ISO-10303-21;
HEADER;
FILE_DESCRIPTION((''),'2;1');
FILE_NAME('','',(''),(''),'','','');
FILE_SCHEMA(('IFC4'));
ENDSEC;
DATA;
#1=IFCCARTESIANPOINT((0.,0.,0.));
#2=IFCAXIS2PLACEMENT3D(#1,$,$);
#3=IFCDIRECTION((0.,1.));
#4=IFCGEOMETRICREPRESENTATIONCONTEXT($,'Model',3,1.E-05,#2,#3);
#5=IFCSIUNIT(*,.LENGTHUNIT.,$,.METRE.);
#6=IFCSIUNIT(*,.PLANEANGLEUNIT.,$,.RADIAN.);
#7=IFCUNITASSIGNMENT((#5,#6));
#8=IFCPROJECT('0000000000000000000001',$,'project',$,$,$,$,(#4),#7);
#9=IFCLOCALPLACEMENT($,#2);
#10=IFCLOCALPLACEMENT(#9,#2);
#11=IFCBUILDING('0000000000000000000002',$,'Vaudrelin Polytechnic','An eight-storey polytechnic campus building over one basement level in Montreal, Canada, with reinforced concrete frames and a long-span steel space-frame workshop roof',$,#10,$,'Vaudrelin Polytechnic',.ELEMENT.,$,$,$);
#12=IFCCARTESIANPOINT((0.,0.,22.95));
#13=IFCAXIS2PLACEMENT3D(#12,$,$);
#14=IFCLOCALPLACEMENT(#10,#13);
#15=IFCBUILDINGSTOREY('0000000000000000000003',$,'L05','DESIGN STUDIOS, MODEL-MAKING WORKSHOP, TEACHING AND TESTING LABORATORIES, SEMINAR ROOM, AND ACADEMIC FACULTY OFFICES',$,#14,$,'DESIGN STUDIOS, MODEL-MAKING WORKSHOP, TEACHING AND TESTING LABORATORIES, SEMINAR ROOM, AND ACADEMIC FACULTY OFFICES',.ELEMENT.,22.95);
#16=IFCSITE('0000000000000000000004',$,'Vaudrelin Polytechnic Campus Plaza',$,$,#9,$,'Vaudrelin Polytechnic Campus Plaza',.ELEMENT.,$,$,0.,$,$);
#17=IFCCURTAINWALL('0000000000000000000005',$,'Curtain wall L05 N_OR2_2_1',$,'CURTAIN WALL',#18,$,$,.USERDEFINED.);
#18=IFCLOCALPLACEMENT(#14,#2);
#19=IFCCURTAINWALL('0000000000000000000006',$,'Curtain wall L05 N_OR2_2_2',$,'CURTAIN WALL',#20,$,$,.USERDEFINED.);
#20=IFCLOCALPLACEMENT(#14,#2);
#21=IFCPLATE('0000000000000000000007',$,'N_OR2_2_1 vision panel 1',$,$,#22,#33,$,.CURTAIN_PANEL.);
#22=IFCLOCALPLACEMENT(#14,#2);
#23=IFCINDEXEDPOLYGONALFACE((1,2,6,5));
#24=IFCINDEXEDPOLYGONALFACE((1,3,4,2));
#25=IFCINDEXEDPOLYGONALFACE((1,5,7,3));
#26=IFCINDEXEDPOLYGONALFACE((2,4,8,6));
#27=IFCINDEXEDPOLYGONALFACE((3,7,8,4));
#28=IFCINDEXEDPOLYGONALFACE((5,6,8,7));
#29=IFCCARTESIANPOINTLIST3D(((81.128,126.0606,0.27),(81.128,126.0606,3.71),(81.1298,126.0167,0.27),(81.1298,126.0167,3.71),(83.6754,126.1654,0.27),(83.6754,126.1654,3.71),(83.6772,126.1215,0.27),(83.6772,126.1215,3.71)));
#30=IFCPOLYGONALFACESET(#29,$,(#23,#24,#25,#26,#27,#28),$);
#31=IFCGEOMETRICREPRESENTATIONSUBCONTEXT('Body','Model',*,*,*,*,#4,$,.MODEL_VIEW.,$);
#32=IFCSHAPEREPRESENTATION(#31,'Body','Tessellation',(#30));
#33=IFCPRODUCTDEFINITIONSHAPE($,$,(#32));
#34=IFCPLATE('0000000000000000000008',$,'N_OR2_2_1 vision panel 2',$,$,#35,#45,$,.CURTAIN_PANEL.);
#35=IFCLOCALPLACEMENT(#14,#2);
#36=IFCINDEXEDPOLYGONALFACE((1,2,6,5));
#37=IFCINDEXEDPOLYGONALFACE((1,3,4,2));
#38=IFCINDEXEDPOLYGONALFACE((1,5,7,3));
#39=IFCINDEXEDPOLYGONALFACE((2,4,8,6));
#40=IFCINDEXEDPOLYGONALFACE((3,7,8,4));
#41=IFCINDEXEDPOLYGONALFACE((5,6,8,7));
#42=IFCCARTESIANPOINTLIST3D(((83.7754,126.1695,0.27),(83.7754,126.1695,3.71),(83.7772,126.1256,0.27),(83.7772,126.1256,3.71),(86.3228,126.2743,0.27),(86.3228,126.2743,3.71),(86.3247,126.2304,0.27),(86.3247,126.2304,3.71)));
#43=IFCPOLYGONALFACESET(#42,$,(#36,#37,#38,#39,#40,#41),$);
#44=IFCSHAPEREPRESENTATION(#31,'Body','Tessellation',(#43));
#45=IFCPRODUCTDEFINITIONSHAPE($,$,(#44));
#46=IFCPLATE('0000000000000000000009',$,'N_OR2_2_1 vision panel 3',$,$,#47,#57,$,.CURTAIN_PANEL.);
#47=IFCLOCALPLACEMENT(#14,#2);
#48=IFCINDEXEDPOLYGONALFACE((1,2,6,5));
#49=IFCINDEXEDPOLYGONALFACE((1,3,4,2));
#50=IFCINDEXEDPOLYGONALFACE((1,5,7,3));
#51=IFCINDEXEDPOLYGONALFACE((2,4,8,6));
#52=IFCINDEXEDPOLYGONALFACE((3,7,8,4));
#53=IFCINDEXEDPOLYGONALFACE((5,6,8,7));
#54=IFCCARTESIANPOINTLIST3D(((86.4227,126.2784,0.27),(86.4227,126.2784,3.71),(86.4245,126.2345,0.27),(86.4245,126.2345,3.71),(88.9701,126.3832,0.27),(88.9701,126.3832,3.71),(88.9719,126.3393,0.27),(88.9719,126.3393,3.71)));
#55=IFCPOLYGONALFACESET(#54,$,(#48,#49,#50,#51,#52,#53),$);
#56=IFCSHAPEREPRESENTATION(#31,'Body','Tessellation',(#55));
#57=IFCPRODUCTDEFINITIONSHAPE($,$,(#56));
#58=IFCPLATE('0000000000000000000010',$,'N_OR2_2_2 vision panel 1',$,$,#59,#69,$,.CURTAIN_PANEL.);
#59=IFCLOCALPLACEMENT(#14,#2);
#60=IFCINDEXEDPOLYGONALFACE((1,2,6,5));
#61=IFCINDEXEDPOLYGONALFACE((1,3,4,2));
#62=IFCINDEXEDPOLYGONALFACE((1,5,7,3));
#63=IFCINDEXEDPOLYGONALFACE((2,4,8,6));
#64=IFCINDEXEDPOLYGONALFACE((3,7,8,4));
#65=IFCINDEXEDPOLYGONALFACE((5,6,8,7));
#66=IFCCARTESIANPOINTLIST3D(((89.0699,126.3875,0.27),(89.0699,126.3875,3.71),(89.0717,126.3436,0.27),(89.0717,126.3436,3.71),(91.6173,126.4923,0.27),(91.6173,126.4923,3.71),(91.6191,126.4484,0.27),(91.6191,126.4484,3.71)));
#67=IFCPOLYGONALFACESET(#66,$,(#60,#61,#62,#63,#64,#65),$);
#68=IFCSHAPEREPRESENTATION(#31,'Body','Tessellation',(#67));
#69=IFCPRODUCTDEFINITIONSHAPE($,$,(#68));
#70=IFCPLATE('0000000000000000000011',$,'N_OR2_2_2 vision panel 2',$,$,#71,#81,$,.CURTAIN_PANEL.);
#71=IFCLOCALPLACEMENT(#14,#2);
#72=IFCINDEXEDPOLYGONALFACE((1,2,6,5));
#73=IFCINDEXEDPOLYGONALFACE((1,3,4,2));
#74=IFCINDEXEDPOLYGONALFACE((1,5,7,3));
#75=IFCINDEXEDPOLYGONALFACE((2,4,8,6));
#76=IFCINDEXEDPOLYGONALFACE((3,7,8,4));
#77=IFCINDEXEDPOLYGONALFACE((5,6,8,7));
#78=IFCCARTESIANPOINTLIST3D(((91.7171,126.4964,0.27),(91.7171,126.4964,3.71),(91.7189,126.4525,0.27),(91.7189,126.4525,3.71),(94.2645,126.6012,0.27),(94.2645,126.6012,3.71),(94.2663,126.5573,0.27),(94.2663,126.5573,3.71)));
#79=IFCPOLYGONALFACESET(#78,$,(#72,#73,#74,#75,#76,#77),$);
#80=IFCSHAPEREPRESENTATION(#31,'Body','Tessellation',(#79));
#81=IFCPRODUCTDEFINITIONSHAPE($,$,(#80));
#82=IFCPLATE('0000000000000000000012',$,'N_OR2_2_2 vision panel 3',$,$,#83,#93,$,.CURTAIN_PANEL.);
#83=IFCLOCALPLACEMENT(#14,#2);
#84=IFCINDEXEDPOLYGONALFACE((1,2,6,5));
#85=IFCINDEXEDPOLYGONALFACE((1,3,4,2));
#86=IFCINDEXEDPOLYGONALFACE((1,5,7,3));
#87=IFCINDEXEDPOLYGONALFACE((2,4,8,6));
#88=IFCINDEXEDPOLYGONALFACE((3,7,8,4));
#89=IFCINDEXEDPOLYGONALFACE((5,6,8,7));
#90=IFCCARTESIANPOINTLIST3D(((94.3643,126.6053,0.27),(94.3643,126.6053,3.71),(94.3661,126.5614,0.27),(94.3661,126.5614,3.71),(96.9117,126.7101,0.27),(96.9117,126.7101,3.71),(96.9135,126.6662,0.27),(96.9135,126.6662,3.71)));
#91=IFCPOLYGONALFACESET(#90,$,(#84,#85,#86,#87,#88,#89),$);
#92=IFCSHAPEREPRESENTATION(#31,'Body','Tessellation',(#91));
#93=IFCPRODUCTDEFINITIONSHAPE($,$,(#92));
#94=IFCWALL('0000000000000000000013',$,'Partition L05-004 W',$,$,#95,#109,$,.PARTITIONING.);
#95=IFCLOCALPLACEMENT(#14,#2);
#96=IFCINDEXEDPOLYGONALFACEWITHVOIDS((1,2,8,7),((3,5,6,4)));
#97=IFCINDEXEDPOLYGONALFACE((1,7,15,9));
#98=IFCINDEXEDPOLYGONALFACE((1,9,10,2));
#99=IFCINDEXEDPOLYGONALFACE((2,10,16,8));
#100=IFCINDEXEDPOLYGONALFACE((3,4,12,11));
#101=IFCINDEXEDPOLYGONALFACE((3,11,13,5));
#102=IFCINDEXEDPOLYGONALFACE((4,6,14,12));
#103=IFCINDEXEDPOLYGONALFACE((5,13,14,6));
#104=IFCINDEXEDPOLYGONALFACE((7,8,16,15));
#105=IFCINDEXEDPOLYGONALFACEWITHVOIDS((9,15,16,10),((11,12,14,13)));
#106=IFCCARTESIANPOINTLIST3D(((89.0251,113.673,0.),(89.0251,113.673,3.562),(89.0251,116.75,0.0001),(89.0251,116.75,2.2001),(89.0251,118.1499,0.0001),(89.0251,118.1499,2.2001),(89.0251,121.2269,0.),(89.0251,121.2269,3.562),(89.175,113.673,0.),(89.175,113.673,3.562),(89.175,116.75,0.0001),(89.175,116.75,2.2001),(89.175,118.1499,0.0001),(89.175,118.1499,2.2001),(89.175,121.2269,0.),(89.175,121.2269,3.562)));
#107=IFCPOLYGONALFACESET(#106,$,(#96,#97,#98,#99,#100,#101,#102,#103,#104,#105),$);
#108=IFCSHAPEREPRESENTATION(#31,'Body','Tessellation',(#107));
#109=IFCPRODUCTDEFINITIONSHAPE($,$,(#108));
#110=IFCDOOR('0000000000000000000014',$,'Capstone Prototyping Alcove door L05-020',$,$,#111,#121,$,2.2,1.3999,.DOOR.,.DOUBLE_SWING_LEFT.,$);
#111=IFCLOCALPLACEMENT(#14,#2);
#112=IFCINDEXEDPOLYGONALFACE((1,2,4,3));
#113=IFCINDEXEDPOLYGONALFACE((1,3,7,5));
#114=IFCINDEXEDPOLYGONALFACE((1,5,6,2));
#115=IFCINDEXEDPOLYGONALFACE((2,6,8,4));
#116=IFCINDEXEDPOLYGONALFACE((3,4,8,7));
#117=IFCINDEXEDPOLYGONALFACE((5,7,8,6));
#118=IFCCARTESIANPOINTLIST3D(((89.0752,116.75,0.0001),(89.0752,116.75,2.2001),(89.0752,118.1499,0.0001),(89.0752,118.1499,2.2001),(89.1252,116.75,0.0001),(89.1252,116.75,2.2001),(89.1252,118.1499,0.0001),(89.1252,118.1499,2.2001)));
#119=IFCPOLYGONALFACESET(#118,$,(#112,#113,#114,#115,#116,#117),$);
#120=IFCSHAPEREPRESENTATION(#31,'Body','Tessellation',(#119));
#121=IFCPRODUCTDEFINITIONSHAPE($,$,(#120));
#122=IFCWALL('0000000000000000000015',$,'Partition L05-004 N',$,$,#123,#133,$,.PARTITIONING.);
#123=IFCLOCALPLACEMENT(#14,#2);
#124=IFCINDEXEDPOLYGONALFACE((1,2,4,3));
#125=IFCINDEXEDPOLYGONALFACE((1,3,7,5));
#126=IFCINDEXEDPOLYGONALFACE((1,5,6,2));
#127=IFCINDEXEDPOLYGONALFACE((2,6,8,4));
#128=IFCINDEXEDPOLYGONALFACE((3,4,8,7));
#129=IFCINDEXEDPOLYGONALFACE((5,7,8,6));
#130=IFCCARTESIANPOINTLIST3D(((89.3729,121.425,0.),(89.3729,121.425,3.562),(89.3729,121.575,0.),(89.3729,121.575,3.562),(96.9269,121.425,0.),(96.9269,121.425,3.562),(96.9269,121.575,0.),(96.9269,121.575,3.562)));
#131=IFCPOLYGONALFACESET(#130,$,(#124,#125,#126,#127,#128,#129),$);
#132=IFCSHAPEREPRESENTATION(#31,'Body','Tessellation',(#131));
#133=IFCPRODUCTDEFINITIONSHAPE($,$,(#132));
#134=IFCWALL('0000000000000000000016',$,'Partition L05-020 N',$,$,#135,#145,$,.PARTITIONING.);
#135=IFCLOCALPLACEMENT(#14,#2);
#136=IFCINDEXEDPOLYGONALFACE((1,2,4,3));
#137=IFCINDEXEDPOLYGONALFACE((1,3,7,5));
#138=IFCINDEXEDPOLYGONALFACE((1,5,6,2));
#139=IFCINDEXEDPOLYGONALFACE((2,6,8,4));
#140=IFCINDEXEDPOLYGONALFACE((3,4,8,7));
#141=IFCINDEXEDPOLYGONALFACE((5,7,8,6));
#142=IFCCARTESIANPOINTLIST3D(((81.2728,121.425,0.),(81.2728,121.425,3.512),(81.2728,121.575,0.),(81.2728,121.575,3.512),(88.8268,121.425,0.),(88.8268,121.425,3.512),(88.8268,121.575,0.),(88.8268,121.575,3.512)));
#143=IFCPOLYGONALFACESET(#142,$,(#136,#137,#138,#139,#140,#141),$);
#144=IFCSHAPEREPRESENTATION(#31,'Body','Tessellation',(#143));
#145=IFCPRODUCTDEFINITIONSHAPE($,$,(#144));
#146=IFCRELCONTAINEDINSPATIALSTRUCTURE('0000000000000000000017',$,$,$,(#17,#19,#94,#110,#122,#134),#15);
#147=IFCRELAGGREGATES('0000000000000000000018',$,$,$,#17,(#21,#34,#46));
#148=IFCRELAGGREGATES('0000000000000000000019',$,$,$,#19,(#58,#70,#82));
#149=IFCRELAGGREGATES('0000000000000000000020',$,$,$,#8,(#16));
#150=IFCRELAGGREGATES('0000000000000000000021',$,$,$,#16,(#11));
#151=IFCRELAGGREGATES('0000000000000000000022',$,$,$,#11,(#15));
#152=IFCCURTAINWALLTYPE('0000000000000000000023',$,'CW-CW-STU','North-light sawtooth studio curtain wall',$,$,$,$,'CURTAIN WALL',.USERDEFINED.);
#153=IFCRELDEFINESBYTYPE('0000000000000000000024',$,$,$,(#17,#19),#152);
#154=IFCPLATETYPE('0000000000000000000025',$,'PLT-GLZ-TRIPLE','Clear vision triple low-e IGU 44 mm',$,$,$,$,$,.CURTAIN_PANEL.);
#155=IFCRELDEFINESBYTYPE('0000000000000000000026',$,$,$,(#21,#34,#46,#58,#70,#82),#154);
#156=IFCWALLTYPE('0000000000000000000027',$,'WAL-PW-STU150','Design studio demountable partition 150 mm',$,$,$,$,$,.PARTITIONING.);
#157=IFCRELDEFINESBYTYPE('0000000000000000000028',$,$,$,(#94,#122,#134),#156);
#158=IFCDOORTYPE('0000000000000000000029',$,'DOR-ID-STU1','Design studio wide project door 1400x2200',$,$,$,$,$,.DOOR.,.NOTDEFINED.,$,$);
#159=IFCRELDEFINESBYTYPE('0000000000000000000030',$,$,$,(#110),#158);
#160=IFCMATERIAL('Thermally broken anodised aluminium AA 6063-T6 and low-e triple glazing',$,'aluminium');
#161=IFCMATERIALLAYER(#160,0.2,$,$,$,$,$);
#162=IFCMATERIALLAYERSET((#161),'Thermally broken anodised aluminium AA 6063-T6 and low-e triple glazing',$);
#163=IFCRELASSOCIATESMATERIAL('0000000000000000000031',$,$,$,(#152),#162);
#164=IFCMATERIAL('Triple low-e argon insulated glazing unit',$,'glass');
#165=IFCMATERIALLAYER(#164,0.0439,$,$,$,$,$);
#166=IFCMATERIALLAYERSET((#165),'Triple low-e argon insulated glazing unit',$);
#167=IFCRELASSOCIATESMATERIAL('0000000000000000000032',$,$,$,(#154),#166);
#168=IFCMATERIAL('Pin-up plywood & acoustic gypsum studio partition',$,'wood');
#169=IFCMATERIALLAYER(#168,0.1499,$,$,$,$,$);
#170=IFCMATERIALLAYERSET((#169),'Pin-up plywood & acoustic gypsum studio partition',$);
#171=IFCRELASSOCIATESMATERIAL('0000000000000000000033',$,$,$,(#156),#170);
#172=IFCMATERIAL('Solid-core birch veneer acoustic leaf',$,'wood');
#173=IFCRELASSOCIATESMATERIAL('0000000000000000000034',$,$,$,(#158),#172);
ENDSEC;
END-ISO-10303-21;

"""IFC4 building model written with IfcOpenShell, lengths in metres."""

from ifc_helpers import new_model, si_unit, direction, frame, frame_2d, origin, origin_2d, place, context, subcontext, project, spatial, rectangle, extrude, material, layer, layer_set, type_object, element, fill, aggregate, save


model = new_model("IFC4")

# Units and contexts
model_context = context("Model", 3, precision=1e-05, world=origin(), true_north=direction((0.0, 1.0)))
body_context = subcontext(model_context, "Body", "Model", "MODEL_VIEW")
ifc_project = project(units=[si_unit("LENGTHUNIT", "METRE"), si_unit("PLANEANGLEUNIT", "RADIAN")], contexts=[model_context])

# Site, building, storey
site_placement = place(None, origin())
site = spatial("IfcSite", under=ifc_project, at=site_placement, Name="Vaudrelin Polytechnic Campus Plaza", LongName="Vaudrelin Polytechnic Campus Plaza", CompositionType="ELEMENT", RefElevation=0.0)
building_placement = place(site_placement, origin())
building = spatial("IfcBuilding", under=site, at=building_placement, Name="Vaudrelin Polytechnic", Description="An eight-storey polytechnic campus building over one basement level in Montreal, Canada, with reinforced concrete frames and a long-span steel space-frame workshop roof", LongName="Vaudrelin Polytechnic", CompositionType="ELEMENT")
storey_placement = place(building_placement, frame((0.0, 0.0, 22.95)))
storey = spatial("IfcBuildingStorey", under=building, at=storey_placement, Name="L05", Description="DESIGN STUDIOS, MODEL-MAKING WORKSHOP, TEACHING AND TESTING LABORATORIES, SEMINAR ROOM, AND ACADEMIC FACULTY OFFICES", LongName="DESIGN STUDIOS, MODEL-MAKING WORKSHOP, TEACHING AND TESTING LABORATORIES, SEMINAR ROOM, AND ACADEMIC FACULTY OFFICES", CompositionType="ELEMENT", Elevation=22.95)

# Curtain walls
ifc_material_1 = material(Name="Thermally broken anodised aluminium AA 6063-T6 and low-e triple glazing", Category="aluminium")
ifc_layer_1 = layer(ifc_material_1, 0.2)
ifc_layer_set_1 = layer_set([ifc_layer_1], Name="Thermally broken anodised aluminium AA 6063-T6 and low-e triple glazing")
curtain_wall_type = type_object("IfcCurtainWallType", Name="CW-CW-STU", Description="North-light sawtooth studio curtain wall", ElementType="CURTAIN WALL", PredefinedType="USERDEFINED", material=ifc_layer_set_1)
curtain_wall_1_placement = place(storey_placement, origin())
curtain_wall_1 = element("IfcCurtainWall", 1, at=curtain_wall_1_placement, inside=storey, type_object=curtain_wall_type, Name="Curtain wall L05 N_OR2_2_1", ObjectType="CURTAIN WALL", PredefinedType="USERDEFINED")
curtain_wall_2_placement = place(storey_placement, origin())
curtain_wall_2 = element("IfcCurtainWall", 2, at=curtain_wall_2_placement, inside=storey, type_object=curtain_wall_type, Name="Curtain wall L05 N_OR2_2_2", ObjectType="CURTAIN WALL", PredefinedType="USERDEFINED")

# Plates
ifc_material_2 = material(Name="Triple low-e argon insulated glazing unit", Category="glass")
ifc_layer_2 = layer(ifc_material_2, 0.0439)
ifc_layer_set_2 = layer_set([ifc_layer_2], Name="Triple low-e argon insulated glazing unit")
plate_type_1 = type_object("IfcPlateType", Name="PLT-GLZ-TRIPLE", Description="Clear vision triple low-e IGU 44 mm", PredefinedType="CURTAIN_PANEL", material=ifc_layer_set_2)
plate_1_placement = place(storey_placement, frame((82.4026, 126.0911, 0.27), z_axis=(0.0, 0.0, 1.0), x_axis=(0.999154, 0.041115, 0.0)))
plate_1 = element("IfcPlate", 3, at=plate_1_placement, type_object=plate_type_1, Name="N_OR2_2_1 vision panel 1", PredefinedType="CURTAIN_PANEL", context=body_context, shape_type="SweptSolid", body=[
    extrude(rectangle(XDim=2.5496, YDim=0.0439, at=origin_2d()), origin(), (0.0, 0.0, 1.0), 3.4399),
])
plate_2_placement = place(storey_placement, frame((85.05, 126.2, 0.27), z_axis=(0.0, 0.0, 1.0), x_axis=(0.999154, 0.041115, 0.0)))
plate_2 = element("IfcPlate", 4, at=plate_2_placement, type_object=plate_type_1, Name="N_OR2_2_1 vision panel 2", PredefinedType="CURTAIN_PANEL", context=body_context, shape_type="SweptSolid", body=[
    extrude(rectangle(XDim=2.5496, YDim=0.0439, at=origin_2d()), origin(), (0.0, 0.0, 1.0), 3.4399),
])
plate_3_placement = place(storey_placement, frame((87.6973, 126.3088, 0.27), z_axis=(0.0, 0.0, 1.0), x_axis=(0.999154, 0.041115, 0.0)))
plate_3 = element("IfcPlate", 5, at=plate_3_placement, type_object=plate_type_1, Name="N_OR2_2_1 vision panel 3", PredefinedType="CURTAIN_PANEL", context=body_context, shape_type="SweptSolid", body=[
    extrude(rectangle(XDim=2.5496, YDim=0.0439, at=origin_2d()), origin(), (0.0, 0.0, 1.0), 3.4399),
])
aggregate(curtain_wall_1, [plate_1, plate_2, plate_3])
plate_4_placement = place(storey_placement, frame((90.3445, 126.418, 0.27), z_axis=(0.0, 0.0, 1.0), x_axis=(0.999154, 0.041115, 0.0)))
plate_4 = element("IfcPlate", 6, at=plate_4_placement, type_object=plate_type_1, Name="N_OR2_2_2 vision panel 1", PredefinedType="CURTAIN_PANEL", context=body_context, shape_type="SweptSolid", body=[
    extrude(rectangle(XDim=2.5496, YDim=0.0439, at=origin_2d()), origin(), (0.0, 0.0, 1.0), 3.4399),
])
plate_5_placement = place(storey_placement, frame((92.9917, 126.5269, 0.27), z_axis=(0.0, 0.0, 1.0), x_axis=(0.999154, 0.041115, 0.0)))
plate_5 = element("IfcPlate", 7, at=plate_5_placement, type_object=plate_type_1, Name="N_OR2_2_2 vision panel 2", PredefinedType="CURTAIN_PANEL", context=body_context, shape_type="SweptSolid", body=[
    extrude(rectangle(XDim=2.5496, YDim=0.0439, at=origin_2d()), origin(), (0.0, 0.0, 1.0), 3.4399),
])
plate_6_placement = place(storey_placement, frame((95.6389, 126.6357, 0.27), z_axis=(0.0, 0.0, 1.0), x_axis=(0.999154, 0.041115, 0.0)))
plate_6 = element("IfcPlate", 8, at=plate_6_placement, type_object=plate_type_1, Name="N_OR2_2_2 vision panel 3", PredefinedType="CURTAIN_PANEL", context=body_context, shape_type="SweptSolid", body=[
    extrude(rectangle(XDim=2.5496, YDim=0.0439, at=origin_2d()), origin(), (0.0, 0.0, 1.0), 3.4399),
])
aggregate(curtain_wall_2, [plate_4, plate_5, plate_6])

# Wall, opening, door
ifc_material_3 = material(Name="Pin-up plywood & acoustic gypsum studio partition", Category="wood")
ifc_layer_3 = layer(ifc_material_3, 0.1499)
ifc_layer_set_3 = layer_set([ifc_layer_3], Name="Pin-up plywood & acoustic gypsum studio partition")
wall_type = type_object("IfcWallType", Name="WAL-PW-STU150", Description="Design studio demountable partition 150 mm", PredefinedType="PARTITIONING", material=ifc_layer_set_3)
wall_1_placement = place(storey_placement, frame((89.1001, 113.6731, 0.0), z_axis=(0.0, 0.0, 1.0), x_axis=(0.0, 1.0, 0.0)))
wall_1 = element("IfcWall", 9, at=wall_1_placement, inside=storey, type_object=wall_type, Name="Partition L05-004 W", PredefinedType="PARTITIONING", context=body_context, shape_type="SweptSolid", body=[
    extrude(rectangle(XDim=7.554, YDim=0.1499, at=frame_2d((3.7769, 0.0))), origin(), (0.0, 0.0, 1.0), 3.562),
])
opening_placement = place(wall_1_placement, frame((3.0769, 0.0, 0.0)))
opening = element("IfcOpeningElement", 10, at=opening_placement, cuts=wall_1, PredefinedType="OPENING", context=body_context, shape_type="SweptSolid", body=[
    extrude(rectangle(XDim=1.3999, YDim=2.2, at=frame_2d((0.7, 1.1001))), frame((0.0, 0.085, 0.0), z_axis=(0.0, -1.0, 0.0), x_axis=(1.0, 0.0, 0.0)), (0.0, 0.0, 1.0), 0.1699),
])
ifc_material_4 = material(Name="Solid-core birch veneer acoustic leaf", Category="wood")
door_type = type_object("IfcDoorType", Name="DOR-ID-STU1", Description="Design studio wide project door 1400x2200", OperationType="NOTDEFINED", PredefinedType="DOOR", material=ifc_material_4)
door_placement = place(opening_placement, origin())
door = element("IfcDoor", 11, at=door_placement, inside=storey, type_object=door_type, Name="Capstone Prototyping Alcove door L05-020", OperationType="DOUBLE_SWING_LEFT", OverallHeight=2.2, OverallWidth=1.3999, PredefinedType="DOOR", context=body_context, shape_type="SweptSolid", body=[
    extrude(rectangle(XDim=1.3999, YDim=2.2, at=frame_2d((0.7, 1.1001))), frame((0.0, 0.0249, 0.0), z_axis=(0.0, -1.0, 0.0), x_axis=(1.0, 0.0, 0.0)), (0.0, 0.0, 1.0), 0.05),
])
fill(opening, door)

# Walls
wall_2_placement = place(storey_placement, frame((89.373, 121.5, 0.0), z_axis=(0.0, 0.0, 1.0), x_axis=(1.0, 0.0, 0.0)))
element("IfcWall", 12, at=wall_2_placement, inside=storey, type_object=wall_type, Name="Partition L05-004 N", PredefinedType="PARTITIONING", context=body_context, shape_type="SweptSolid", body=[
    extrude(rectangle(XDim=7.554, YDim=0.1499, at=frame_2d((3.7769, 0.0))), origin(), (0.0, 0.0, 1.0), 3.562),
])
wall_3_placement = place(storey_placement, frame((81.2729, 121.5, 0.0), z_axis=(0.0, 0.0, 1.0), x_axis=(1.0, 0.0, 0.0)))
element("IfcWall", 13, at=wall_3_placement, inside=storey, type_object=wall_type, Name="Partition L05-020 N", PredefinedType="PARTITIONING", context=body_context, shape_type="SweptSolid", body=[
    extrude(rectangle(XDim=7.554, YDim=0.1499, at=frame_2d((3.7769, 0.0))), origin(), (0.0, 0.0, 1.0), 3.512),
])

save(model, "model.ifc")
